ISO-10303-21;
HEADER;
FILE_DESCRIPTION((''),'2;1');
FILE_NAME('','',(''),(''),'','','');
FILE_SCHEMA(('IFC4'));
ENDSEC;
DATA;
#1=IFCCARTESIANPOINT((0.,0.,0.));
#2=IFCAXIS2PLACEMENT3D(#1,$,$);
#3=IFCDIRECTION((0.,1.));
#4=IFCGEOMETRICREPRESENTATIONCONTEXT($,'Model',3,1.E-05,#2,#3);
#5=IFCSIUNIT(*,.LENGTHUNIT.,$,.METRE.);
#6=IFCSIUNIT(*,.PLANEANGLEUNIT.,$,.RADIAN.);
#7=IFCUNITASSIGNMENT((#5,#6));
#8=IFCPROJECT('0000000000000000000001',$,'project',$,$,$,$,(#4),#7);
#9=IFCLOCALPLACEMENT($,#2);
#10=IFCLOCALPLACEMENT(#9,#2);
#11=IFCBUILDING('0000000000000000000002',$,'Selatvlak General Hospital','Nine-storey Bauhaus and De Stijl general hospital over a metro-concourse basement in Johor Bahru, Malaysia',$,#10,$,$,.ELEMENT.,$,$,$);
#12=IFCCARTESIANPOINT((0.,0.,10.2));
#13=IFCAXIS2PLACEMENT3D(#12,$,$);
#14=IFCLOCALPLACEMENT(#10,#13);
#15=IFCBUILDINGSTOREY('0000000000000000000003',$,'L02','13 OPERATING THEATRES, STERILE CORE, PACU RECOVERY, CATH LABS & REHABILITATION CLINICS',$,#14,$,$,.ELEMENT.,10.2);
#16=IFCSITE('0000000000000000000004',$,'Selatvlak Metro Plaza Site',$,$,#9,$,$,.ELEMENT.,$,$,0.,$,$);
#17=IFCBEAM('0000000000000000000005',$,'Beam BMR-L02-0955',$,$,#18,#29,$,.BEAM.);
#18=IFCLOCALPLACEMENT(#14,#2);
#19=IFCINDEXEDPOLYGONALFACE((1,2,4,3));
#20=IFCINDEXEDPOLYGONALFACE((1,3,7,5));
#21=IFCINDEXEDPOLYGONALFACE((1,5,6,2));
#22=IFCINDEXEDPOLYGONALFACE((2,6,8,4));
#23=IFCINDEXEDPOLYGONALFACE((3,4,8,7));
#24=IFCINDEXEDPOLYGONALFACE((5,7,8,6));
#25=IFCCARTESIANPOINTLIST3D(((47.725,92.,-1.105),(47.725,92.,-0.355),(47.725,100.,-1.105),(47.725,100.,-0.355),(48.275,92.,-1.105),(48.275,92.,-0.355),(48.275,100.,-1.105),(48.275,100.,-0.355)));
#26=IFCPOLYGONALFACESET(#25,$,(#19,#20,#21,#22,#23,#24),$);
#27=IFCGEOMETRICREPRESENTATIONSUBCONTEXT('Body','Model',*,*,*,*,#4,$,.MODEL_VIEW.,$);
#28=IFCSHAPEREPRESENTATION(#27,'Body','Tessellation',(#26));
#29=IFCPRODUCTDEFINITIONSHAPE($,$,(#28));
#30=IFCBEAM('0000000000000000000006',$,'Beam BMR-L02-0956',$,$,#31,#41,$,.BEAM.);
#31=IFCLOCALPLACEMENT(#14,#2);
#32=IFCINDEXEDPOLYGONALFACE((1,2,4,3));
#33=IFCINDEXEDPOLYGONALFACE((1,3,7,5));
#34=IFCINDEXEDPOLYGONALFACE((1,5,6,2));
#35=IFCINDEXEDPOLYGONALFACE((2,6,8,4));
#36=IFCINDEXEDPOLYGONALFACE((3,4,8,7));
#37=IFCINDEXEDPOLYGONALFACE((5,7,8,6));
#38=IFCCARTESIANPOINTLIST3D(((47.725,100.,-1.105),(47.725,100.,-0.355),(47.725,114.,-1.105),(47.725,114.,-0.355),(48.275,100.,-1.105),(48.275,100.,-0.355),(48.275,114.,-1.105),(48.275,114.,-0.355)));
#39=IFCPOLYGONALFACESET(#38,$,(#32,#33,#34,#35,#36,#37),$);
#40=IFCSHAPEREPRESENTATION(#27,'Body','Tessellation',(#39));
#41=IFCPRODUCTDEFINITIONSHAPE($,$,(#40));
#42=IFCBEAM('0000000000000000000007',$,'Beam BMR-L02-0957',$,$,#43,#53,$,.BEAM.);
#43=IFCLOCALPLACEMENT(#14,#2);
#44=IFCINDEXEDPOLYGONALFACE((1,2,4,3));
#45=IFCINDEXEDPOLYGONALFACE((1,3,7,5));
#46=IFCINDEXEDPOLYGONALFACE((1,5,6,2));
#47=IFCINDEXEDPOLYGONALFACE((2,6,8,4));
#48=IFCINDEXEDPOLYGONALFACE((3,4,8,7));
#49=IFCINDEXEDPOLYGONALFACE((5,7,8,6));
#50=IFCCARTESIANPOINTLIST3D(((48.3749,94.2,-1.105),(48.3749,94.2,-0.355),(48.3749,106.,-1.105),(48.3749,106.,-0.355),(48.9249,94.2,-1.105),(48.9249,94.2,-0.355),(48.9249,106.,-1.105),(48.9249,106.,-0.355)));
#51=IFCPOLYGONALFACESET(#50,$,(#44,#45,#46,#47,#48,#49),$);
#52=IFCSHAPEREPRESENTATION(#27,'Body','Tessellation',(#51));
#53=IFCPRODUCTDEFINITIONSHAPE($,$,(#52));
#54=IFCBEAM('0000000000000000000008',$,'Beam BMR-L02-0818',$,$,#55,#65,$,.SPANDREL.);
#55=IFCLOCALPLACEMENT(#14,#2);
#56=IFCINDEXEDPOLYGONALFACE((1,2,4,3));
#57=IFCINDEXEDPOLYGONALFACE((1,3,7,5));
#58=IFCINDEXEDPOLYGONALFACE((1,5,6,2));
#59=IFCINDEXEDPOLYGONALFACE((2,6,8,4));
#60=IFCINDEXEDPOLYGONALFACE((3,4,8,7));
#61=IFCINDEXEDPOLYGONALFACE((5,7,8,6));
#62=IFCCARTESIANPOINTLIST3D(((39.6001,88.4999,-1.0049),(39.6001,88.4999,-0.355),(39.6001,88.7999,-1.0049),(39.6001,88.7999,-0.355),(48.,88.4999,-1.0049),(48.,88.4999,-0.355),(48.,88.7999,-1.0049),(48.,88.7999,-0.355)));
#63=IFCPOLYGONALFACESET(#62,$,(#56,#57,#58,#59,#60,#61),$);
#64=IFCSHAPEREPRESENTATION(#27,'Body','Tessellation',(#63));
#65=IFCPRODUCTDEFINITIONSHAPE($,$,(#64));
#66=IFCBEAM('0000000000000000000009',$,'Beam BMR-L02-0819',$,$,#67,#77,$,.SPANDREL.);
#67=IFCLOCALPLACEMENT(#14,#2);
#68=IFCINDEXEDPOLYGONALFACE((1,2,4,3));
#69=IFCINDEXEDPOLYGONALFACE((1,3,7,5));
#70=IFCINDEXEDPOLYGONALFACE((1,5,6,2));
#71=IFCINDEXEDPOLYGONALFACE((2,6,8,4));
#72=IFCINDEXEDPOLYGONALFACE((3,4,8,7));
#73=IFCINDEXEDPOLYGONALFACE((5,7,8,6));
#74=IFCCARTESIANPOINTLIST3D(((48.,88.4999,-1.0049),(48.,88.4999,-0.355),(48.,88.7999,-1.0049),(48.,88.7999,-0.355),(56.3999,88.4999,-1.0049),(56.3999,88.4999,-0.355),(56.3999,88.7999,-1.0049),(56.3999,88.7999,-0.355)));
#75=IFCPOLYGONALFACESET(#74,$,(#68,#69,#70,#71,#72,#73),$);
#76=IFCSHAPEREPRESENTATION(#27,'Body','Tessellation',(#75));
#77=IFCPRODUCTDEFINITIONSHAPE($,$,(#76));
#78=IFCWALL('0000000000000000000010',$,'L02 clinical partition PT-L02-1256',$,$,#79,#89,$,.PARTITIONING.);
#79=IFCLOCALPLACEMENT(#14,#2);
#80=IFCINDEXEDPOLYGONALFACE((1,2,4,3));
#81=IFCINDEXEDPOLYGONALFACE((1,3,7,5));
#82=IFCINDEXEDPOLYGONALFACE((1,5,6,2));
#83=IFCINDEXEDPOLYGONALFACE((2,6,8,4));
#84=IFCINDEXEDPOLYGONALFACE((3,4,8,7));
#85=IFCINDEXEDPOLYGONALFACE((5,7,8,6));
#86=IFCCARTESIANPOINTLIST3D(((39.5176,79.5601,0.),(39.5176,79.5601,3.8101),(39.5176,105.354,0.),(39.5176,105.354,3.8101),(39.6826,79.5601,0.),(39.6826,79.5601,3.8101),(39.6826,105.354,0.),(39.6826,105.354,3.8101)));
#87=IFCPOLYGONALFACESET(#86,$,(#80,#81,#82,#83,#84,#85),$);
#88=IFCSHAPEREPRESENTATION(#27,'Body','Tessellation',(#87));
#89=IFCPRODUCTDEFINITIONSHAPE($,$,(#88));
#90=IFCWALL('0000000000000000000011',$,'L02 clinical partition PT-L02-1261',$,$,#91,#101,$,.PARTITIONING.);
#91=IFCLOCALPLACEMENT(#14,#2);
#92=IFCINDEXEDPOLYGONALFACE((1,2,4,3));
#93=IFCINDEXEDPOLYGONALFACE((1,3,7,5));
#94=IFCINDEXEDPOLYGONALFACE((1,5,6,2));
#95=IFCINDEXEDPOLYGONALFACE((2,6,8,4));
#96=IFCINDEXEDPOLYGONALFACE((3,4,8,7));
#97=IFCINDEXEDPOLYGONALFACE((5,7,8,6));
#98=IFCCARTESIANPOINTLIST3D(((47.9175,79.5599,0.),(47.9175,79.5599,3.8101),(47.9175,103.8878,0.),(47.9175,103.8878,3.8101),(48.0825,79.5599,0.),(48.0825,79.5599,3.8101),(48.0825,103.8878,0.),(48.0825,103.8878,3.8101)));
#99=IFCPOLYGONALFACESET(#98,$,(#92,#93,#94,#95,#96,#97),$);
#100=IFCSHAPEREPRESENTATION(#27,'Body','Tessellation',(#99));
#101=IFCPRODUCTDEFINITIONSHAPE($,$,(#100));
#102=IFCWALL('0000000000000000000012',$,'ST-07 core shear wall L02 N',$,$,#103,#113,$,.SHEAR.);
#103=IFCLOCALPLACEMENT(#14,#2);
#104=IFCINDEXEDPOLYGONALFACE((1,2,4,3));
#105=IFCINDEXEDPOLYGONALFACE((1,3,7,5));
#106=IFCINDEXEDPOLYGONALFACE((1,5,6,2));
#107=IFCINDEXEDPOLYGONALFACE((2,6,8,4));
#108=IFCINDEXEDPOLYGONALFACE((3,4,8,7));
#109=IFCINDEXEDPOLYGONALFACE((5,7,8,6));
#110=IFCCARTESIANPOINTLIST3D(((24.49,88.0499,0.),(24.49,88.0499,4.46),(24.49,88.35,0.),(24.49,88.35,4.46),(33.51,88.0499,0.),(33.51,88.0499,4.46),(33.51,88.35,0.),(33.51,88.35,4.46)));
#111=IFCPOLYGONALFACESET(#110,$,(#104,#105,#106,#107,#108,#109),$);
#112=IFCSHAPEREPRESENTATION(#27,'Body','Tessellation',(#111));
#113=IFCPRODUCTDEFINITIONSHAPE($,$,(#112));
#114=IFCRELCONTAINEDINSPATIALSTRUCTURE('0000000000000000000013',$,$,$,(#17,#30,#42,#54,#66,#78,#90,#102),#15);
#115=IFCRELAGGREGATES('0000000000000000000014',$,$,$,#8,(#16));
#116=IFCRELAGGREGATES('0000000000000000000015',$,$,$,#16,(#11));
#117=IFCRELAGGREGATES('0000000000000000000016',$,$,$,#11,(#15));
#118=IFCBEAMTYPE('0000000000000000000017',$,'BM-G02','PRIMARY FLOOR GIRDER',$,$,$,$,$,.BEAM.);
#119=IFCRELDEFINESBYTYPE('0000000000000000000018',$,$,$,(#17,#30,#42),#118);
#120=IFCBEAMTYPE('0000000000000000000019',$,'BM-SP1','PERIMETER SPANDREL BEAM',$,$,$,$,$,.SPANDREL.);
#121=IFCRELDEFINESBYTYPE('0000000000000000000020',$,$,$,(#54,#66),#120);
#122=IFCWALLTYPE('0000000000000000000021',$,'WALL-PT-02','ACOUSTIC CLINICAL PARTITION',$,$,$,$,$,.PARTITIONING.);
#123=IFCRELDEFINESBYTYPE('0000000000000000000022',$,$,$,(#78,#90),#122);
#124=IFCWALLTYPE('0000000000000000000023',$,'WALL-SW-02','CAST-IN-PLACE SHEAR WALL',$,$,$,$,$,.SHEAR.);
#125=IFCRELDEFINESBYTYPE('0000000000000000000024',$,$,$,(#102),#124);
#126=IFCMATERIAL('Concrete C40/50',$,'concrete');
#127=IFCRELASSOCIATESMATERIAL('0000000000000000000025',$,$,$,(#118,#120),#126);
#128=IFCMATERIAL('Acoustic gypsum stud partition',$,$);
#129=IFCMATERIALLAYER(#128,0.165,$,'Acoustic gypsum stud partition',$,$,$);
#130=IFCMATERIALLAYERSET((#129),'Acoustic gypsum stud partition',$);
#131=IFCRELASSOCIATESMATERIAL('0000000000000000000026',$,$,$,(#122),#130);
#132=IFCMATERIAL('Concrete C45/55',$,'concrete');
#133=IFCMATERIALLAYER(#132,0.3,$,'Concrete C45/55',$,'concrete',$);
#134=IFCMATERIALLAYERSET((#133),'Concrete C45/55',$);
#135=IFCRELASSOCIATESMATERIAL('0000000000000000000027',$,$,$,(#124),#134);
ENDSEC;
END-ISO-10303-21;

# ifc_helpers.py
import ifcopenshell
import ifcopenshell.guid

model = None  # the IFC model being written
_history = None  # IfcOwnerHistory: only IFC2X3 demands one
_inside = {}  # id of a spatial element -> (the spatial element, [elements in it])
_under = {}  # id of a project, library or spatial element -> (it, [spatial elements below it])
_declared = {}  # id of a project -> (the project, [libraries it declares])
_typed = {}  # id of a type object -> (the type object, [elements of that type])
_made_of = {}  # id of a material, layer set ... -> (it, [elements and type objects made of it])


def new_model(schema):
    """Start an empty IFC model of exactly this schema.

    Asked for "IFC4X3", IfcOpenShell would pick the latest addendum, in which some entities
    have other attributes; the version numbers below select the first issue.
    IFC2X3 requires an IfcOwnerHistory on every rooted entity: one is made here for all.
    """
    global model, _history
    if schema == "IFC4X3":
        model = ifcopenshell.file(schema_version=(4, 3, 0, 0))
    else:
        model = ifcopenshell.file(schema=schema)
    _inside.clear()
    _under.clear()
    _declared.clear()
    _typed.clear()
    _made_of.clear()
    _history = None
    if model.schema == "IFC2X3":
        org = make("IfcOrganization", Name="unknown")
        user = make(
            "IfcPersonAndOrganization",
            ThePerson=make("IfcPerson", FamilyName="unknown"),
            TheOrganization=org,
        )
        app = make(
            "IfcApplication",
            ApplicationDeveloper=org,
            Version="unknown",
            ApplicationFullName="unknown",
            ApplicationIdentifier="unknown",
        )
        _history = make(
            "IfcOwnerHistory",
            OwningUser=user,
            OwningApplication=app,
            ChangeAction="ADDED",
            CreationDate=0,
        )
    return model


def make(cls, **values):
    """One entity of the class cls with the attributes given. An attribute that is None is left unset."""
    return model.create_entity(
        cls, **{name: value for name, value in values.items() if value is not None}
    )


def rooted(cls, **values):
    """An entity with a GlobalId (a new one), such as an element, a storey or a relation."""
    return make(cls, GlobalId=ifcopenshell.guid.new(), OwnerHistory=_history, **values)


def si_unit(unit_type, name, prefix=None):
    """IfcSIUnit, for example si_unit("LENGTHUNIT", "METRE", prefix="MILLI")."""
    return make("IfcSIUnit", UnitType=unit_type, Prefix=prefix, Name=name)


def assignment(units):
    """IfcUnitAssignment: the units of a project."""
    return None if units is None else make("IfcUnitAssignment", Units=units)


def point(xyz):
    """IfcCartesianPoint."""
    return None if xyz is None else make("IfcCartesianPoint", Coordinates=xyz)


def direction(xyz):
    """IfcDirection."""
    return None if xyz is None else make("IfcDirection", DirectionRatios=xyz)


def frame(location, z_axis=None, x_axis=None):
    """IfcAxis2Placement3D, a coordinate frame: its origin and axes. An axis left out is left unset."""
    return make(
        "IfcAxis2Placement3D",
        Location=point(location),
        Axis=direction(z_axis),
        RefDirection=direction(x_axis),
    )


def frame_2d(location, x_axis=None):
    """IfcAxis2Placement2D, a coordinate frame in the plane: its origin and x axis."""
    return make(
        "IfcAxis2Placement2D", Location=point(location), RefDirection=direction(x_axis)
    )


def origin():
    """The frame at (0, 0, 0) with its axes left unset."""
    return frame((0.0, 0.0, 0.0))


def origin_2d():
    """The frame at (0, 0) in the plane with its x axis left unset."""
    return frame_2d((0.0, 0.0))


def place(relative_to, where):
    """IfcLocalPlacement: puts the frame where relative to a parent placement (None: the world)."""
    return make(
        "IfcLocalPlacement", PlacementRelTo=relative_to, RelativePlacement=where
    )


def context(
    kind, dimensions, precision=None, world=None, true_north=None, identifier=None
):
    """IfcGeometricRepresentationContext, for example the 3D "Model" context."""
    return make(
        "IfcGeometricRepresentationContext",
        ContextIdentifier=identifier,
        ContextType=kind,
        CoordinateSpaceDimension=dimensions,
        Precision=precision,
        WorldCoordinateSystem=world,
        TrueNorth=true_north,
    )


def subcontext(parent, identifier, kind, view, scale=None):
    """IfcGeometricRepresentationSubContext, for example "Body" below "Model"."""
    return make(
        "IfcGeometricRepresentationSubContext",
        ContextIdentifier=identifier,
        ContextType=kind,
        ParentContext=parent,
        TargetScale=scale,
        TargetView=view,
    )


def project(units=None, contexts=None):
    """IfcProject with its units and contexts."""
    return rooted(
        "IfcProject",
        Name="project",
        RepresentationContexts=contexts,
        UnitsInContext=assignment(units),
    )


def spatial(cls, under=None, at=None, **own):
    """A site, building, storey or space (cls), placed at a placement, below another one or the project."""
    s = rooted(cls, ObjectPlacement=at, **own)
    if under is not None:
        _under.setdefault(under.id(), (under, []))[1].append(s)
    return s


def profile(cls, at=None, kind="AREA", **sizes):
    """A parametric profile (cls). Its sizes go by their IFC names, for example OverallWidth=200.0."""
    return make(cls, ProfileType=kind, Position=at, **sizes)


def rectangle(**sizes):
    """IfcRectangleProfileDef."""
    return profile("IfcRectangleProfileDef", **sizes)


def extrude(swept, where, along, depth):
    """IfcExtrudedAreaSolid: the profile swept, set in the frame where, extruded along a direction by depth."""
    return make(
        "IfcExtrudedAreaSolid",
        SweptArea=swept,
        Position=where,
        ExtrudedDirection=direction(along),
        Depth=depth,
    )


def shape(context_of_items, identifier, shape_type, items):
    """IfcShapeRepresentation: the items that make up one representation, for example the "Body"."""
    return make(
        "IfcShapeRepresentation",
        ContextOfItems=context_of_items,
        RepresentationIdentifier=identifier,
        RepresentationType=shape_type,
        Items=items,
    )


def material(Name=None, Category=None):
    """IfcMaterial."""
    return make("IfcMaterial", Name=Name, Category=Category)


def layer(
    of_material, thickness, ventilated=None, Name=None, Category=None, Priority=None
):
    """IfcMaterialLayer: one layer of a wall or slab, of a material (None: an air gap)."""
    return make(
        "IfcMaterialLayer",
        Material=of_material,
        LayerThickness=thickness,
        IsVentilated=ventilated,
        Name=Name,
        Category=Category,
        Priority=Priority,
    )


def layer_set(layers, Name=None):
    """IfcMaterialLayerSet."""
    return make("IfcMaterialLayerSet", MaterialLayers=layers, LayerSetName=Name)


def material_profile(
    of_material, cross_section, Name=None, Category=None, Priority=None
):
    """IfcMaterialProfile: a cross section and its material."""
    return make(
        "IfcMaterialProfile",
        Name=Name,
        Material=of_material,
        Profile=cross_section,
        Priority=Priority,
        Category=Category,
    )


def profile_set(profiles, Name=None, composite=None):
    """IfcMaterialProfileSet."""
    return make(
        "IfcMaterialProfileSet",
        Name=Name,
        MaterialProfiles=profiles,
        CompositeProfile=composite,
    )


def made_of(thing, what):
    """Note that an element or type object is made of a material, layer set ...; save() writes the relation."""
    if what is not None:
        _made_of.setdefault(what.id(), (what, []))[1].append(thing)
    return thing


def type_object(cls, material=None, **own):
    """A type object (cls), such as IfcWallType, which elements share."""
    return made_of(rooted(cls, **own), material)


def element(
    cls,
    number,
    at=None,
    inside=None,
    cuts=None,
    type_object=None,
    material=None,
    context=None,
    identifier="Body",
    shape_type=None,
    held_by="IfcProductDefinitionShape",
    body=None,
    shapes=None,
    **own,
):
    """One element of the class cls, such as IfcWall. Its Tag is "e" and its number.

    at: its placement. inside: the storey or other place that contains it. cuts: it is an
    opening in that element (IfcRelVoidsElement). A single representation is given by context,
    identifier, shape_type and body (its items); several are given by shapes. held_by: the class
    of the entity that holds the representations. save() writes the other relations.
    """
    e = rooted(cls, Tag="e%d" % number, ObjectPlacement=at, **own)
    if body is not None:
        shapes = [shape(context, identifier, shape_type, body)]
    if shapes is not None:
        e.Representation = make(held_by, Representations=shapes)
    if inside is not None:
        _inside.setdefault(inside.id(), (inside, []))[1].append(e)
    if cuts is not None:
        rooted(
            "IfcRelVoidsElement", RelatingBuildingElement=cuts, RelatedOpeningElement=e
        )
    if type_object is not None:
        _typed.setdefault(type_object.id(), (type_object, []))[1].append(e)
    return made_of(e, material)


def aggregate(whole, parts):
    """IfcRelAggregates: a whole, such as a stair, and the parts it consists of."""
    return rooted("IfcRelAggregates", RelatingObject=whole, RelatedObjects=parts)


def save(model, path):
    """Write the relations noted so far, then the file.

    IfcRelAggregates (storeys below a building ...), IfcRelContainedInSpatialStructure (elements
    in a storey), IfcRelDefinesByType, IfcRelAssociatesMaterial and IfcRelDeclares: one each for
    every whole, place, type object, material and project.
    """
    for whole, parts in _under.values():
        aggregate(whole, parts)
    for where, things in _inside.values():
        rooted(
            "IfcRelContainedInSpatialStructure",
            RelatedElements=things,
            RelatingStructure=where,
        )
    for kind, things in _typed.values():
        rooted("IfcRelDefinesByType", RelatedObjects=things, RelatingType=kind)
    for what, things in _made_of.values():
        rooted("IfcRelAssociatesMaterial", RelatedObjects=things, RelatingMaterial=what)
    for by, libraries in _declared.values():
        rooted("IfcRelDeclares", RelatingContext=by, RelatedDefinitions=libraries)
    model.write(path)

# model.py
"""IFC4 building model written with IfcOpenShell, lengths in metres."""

from ifc_helpers import new_model, si_unit, direction, frame, frame_2d, origin, origin_2d, place, context, subcontext, project, spatial, rectangle, extrude, material, layer, layer_set, material_profile, profile_set, type_object, element, save


model = new_model("IFC4")

# Units and contexts
model_context = context("Model", 3, precision=1e-05, world=origin(), true_north=direction((0.0, 1.0)))
body_context = subcontext(model_context, "Body", "Model", "MODEL_VIEW")
ifc_project = project(units=[si_unit("LENGTHUNIT", "METRE"), si_unit("PLANEANGLEUNIT", "RADIAN")], contexts=[model_context])

# Site, building, storey
site_placement = place(None, origin())
site = spatial("IfcSite", under=ifc_project, at=site_placement, Name="Selatvlak Metro Plaza Site", CompositionType="ELEMENT", RefElevation=0.0)
building_placement = place(site_placement, origin())
building = spatial("IfcBuilding", under=site, at=building_placement, Name="Selatvlak General Hospital", Description="Nine-storey Bauhaus and De Stijl general hospital over a metro-concourse basement in Johor Bahru, Malaysia", CompositionType="ELEMENT")
storey_placement = place(building_placement, frame((0.0, 0.0, 10.2)))
storey = spatial("IfcBuildingStorey", under=building, at=storey_placement, Name="L02", Description="13 OPERATING THEATRES, STERILE CORE, PACU RECOVERY, CATH LABS & REHABILITATION CLINICS", CompositionType="ELEMENT", Elevation=10.2)

# Beams
ifc_material_1 = material(Name="Concrete C40/50", Category="concrete")
ifc_material_profile_1 = material_profile(ifc_material_1, rectangle(XDim=0.55, YDim=0.75, at=origin_2d()), Name="RC-BM 550x750")
ifc_profile_set_1 = profile_set([ifc_material_profile_1], Name="Concrete C40/50")
beam_type_1 = type_object("IfcBeamType", Name="BM-G02", Description="PRIMARY FLOOR GIRDER", PredefinedType="BEAM", material=ifc_profile_set_1)
beam_1_placement = place(storey_placement, frame((48.0, 92.0, -0.73), z_axis=(0.0, 1.0, 0.0), x_axis=(-1.0, 0.0, 0.0)))
element("IfcBeam", 1, at=beam_1_placement, inside=storey, type_object=beam_type_1, Name="Beam BMR-L02-0955", PredefinedType="BEAM", context=body_context, shape_type="SweptSolid", body=[
    extrude(rectangle(XDim=0.55, YDim=0.75, at=origin_2d()), origin(), (0.0, 0.0, 1.0), 8.0),
])
beam_2_placement = place(storey_placement, frame((48.0, 100.0, -0.73), z_axis=(0.0, 1.0, 0.0), x_axis=(-1.0, 0.0, 0.0)))
element("IfcBeam", 2, at=beam_2_placement, inside=storey, type_object=beam_type_1, Name="Beam BMR-L02-0956", PredefinedType="BEAM", context=body_context, shape_type="SweptSolid", body=[
    extrude(rectangle(XDim=0.55, YDim=0.75, at=origin_2d()), origin(), (0.0, 0.0, 1.0), 14.0),
])
beam_3_placement = place(storey_placement, frame((48.6499, 94.2, -0.73), z_axis=(0.0, 1.0, 0.0), x_axis=(-1.0, 0.0, 0.0)))
element("IfcBeam", 3, at=beam_3_placement, inside=storey, type_object=beam_type_1, Name="Beam BMR-L02-0957", PredefinedType="BEAM", context=body_context, shape_type="SweptSolid", body=[
    extrude(rectangle(XDim=0.55, YDim=0.75, at=origin_2d()), origin(), (0.0, 0.0, 1.0), 11.8),
])
ifc_material_profile_2 = material_profile(ifc_material_1, rectangle(XDim=0.3, YDim=0.6499, at=origin_2d()), Name="RC-SP 300x650")
ifc_profile_set_2 = profile_set([ifc_material_profile_2], Name="Concrete C40/50")
beam_type_2 = type_object("IfcBeamType", Name="BM-SP1", Description="PERIMETER SPANDREL BEAM", PredefinedType="SPANDREL", material=ifc_profile_set_2)
for number, where, z_axis, x_axis, name in (
    (4, (39.6001, 88.6499, -0.6799), (1.0, 0.0, 0.0), (0.0, 1.0, 0.0), "Beam BMR-L02-0818"),
    (5, (48.0, 88.6499, -0.6799), (1.0, 0.0, 0.0), (0.0, 1.0, 0.0), "Beam BMR-L02-0819"),
):
    element("IfcBeam", number, at=place(storey_placement, frame(where, z_axis=z_axis, x_axis=x_axis)), inside=storey, type_object=beam_type_2, Name=name, PredefinedType="SPANDREL", context=body_context, shape_type="SweptSolid", body=[
        extrude(rectangle(XDim=0.3, YDim=0.6499, at=origin_2d()), origin(), (0.0, 0.0, 1.0), 8.3999),
    ])

# Walls
ifc_material_2 = material(Name="Acoustic gypsum stud partition")
ifc_layer_1 = layer(ifc_material_2, 0.165, Name="Acoustic gypsum stud partition")
ifc_layer_set_1 = layer_set([ifc_layer_1], Name="Acoustic gypsum stud partition")
wall_type_1 = type_object("IfcWallType", Name="WALL-PT-02", Description="ACOUSTIC CLINICAL PARTITION", PredefinedType="PARTITIONING", material=ifc_layer_set_1)
wall_1_placement = place(storey_placement, frame((39.6001, 105.354, 0.0), z_axis=(0.0, 0.0, 1.0), x_axis=(0.0, -1.0, 0.0)))
element("IfcWall", 6, at=wall_1_placement, inside=storey, type_object=wall_type_1, Name="L02 clinical partition PT-L02-1256", PredefinedType="PARTITIONING", context=body_context, shape_type="SweptSolid", body=[
    extrude(rectangle(XDim=25.7939, YDim=0.165, at=frame_2d((12.897, 0.0))), origin(), (0.0, 0.0, 1.0), 3.8101),
])
wall_2_placement = place(storey_placement, frame((48.0, 103.8879, 0.0), z_axis=(0.0, 0.0, 1.0), x_axis=(0.0, -1.0, 0.0)))
element("IfcWall", 7, at=wall_2_placement, inside=storey, type_object=wall_type_1, Name="L02 clinical partition PT-L02-1261", PredefinedType="PARTITIONING", context=body_context, shape_type="SweptSolid", body=[
    extrude(rectangle(XDim=24.3279, YDim=0.165, at=frame_2d((12.1641, 0.0))), origin(), (0.0, 0.0, 1.0), 3.8101),
])
ifc_material_3 = material(Name="Concrete C45/55", Category="concrete")
ifc_layer_2 = layer(ifc_material_3, 0.3, Name="Concrete C45/55", Category="concrete")
ifc_layer_set_2 = layer_set([ifc_layer_2], Name="Concrete C45/55")
wall_type_2 = type_object("IfcWallType", Name="WALL-SW-02", Description="CAST-IN-PLACE SHEAR WALL", PredefinedType="SHEAR", material=ifc_layer_set_2)
wall_3_placement = place(storey_placement, frame((33.51, 88.2, 0.0), z_axis=(0.0, 0.0, 1.0), x_axis=(-1.0, 0.0, 0.0)))
element("IfcWall", 8, at=wall_3_placement, inside=storey, type_object=wall_type_2, Name="ST-07 core shear wall L02 N", PredefinedType="SHEAR", context=body_context, shape_type="SweptSolid", body=[
    extrude(rectangle(XDim=9.02, YDim=0.3, at=frame_2d((4.51, 0.0))), origin(), (0.0, 0.0, 1.0), 4.46),
])

save(model, "model.ifc")
